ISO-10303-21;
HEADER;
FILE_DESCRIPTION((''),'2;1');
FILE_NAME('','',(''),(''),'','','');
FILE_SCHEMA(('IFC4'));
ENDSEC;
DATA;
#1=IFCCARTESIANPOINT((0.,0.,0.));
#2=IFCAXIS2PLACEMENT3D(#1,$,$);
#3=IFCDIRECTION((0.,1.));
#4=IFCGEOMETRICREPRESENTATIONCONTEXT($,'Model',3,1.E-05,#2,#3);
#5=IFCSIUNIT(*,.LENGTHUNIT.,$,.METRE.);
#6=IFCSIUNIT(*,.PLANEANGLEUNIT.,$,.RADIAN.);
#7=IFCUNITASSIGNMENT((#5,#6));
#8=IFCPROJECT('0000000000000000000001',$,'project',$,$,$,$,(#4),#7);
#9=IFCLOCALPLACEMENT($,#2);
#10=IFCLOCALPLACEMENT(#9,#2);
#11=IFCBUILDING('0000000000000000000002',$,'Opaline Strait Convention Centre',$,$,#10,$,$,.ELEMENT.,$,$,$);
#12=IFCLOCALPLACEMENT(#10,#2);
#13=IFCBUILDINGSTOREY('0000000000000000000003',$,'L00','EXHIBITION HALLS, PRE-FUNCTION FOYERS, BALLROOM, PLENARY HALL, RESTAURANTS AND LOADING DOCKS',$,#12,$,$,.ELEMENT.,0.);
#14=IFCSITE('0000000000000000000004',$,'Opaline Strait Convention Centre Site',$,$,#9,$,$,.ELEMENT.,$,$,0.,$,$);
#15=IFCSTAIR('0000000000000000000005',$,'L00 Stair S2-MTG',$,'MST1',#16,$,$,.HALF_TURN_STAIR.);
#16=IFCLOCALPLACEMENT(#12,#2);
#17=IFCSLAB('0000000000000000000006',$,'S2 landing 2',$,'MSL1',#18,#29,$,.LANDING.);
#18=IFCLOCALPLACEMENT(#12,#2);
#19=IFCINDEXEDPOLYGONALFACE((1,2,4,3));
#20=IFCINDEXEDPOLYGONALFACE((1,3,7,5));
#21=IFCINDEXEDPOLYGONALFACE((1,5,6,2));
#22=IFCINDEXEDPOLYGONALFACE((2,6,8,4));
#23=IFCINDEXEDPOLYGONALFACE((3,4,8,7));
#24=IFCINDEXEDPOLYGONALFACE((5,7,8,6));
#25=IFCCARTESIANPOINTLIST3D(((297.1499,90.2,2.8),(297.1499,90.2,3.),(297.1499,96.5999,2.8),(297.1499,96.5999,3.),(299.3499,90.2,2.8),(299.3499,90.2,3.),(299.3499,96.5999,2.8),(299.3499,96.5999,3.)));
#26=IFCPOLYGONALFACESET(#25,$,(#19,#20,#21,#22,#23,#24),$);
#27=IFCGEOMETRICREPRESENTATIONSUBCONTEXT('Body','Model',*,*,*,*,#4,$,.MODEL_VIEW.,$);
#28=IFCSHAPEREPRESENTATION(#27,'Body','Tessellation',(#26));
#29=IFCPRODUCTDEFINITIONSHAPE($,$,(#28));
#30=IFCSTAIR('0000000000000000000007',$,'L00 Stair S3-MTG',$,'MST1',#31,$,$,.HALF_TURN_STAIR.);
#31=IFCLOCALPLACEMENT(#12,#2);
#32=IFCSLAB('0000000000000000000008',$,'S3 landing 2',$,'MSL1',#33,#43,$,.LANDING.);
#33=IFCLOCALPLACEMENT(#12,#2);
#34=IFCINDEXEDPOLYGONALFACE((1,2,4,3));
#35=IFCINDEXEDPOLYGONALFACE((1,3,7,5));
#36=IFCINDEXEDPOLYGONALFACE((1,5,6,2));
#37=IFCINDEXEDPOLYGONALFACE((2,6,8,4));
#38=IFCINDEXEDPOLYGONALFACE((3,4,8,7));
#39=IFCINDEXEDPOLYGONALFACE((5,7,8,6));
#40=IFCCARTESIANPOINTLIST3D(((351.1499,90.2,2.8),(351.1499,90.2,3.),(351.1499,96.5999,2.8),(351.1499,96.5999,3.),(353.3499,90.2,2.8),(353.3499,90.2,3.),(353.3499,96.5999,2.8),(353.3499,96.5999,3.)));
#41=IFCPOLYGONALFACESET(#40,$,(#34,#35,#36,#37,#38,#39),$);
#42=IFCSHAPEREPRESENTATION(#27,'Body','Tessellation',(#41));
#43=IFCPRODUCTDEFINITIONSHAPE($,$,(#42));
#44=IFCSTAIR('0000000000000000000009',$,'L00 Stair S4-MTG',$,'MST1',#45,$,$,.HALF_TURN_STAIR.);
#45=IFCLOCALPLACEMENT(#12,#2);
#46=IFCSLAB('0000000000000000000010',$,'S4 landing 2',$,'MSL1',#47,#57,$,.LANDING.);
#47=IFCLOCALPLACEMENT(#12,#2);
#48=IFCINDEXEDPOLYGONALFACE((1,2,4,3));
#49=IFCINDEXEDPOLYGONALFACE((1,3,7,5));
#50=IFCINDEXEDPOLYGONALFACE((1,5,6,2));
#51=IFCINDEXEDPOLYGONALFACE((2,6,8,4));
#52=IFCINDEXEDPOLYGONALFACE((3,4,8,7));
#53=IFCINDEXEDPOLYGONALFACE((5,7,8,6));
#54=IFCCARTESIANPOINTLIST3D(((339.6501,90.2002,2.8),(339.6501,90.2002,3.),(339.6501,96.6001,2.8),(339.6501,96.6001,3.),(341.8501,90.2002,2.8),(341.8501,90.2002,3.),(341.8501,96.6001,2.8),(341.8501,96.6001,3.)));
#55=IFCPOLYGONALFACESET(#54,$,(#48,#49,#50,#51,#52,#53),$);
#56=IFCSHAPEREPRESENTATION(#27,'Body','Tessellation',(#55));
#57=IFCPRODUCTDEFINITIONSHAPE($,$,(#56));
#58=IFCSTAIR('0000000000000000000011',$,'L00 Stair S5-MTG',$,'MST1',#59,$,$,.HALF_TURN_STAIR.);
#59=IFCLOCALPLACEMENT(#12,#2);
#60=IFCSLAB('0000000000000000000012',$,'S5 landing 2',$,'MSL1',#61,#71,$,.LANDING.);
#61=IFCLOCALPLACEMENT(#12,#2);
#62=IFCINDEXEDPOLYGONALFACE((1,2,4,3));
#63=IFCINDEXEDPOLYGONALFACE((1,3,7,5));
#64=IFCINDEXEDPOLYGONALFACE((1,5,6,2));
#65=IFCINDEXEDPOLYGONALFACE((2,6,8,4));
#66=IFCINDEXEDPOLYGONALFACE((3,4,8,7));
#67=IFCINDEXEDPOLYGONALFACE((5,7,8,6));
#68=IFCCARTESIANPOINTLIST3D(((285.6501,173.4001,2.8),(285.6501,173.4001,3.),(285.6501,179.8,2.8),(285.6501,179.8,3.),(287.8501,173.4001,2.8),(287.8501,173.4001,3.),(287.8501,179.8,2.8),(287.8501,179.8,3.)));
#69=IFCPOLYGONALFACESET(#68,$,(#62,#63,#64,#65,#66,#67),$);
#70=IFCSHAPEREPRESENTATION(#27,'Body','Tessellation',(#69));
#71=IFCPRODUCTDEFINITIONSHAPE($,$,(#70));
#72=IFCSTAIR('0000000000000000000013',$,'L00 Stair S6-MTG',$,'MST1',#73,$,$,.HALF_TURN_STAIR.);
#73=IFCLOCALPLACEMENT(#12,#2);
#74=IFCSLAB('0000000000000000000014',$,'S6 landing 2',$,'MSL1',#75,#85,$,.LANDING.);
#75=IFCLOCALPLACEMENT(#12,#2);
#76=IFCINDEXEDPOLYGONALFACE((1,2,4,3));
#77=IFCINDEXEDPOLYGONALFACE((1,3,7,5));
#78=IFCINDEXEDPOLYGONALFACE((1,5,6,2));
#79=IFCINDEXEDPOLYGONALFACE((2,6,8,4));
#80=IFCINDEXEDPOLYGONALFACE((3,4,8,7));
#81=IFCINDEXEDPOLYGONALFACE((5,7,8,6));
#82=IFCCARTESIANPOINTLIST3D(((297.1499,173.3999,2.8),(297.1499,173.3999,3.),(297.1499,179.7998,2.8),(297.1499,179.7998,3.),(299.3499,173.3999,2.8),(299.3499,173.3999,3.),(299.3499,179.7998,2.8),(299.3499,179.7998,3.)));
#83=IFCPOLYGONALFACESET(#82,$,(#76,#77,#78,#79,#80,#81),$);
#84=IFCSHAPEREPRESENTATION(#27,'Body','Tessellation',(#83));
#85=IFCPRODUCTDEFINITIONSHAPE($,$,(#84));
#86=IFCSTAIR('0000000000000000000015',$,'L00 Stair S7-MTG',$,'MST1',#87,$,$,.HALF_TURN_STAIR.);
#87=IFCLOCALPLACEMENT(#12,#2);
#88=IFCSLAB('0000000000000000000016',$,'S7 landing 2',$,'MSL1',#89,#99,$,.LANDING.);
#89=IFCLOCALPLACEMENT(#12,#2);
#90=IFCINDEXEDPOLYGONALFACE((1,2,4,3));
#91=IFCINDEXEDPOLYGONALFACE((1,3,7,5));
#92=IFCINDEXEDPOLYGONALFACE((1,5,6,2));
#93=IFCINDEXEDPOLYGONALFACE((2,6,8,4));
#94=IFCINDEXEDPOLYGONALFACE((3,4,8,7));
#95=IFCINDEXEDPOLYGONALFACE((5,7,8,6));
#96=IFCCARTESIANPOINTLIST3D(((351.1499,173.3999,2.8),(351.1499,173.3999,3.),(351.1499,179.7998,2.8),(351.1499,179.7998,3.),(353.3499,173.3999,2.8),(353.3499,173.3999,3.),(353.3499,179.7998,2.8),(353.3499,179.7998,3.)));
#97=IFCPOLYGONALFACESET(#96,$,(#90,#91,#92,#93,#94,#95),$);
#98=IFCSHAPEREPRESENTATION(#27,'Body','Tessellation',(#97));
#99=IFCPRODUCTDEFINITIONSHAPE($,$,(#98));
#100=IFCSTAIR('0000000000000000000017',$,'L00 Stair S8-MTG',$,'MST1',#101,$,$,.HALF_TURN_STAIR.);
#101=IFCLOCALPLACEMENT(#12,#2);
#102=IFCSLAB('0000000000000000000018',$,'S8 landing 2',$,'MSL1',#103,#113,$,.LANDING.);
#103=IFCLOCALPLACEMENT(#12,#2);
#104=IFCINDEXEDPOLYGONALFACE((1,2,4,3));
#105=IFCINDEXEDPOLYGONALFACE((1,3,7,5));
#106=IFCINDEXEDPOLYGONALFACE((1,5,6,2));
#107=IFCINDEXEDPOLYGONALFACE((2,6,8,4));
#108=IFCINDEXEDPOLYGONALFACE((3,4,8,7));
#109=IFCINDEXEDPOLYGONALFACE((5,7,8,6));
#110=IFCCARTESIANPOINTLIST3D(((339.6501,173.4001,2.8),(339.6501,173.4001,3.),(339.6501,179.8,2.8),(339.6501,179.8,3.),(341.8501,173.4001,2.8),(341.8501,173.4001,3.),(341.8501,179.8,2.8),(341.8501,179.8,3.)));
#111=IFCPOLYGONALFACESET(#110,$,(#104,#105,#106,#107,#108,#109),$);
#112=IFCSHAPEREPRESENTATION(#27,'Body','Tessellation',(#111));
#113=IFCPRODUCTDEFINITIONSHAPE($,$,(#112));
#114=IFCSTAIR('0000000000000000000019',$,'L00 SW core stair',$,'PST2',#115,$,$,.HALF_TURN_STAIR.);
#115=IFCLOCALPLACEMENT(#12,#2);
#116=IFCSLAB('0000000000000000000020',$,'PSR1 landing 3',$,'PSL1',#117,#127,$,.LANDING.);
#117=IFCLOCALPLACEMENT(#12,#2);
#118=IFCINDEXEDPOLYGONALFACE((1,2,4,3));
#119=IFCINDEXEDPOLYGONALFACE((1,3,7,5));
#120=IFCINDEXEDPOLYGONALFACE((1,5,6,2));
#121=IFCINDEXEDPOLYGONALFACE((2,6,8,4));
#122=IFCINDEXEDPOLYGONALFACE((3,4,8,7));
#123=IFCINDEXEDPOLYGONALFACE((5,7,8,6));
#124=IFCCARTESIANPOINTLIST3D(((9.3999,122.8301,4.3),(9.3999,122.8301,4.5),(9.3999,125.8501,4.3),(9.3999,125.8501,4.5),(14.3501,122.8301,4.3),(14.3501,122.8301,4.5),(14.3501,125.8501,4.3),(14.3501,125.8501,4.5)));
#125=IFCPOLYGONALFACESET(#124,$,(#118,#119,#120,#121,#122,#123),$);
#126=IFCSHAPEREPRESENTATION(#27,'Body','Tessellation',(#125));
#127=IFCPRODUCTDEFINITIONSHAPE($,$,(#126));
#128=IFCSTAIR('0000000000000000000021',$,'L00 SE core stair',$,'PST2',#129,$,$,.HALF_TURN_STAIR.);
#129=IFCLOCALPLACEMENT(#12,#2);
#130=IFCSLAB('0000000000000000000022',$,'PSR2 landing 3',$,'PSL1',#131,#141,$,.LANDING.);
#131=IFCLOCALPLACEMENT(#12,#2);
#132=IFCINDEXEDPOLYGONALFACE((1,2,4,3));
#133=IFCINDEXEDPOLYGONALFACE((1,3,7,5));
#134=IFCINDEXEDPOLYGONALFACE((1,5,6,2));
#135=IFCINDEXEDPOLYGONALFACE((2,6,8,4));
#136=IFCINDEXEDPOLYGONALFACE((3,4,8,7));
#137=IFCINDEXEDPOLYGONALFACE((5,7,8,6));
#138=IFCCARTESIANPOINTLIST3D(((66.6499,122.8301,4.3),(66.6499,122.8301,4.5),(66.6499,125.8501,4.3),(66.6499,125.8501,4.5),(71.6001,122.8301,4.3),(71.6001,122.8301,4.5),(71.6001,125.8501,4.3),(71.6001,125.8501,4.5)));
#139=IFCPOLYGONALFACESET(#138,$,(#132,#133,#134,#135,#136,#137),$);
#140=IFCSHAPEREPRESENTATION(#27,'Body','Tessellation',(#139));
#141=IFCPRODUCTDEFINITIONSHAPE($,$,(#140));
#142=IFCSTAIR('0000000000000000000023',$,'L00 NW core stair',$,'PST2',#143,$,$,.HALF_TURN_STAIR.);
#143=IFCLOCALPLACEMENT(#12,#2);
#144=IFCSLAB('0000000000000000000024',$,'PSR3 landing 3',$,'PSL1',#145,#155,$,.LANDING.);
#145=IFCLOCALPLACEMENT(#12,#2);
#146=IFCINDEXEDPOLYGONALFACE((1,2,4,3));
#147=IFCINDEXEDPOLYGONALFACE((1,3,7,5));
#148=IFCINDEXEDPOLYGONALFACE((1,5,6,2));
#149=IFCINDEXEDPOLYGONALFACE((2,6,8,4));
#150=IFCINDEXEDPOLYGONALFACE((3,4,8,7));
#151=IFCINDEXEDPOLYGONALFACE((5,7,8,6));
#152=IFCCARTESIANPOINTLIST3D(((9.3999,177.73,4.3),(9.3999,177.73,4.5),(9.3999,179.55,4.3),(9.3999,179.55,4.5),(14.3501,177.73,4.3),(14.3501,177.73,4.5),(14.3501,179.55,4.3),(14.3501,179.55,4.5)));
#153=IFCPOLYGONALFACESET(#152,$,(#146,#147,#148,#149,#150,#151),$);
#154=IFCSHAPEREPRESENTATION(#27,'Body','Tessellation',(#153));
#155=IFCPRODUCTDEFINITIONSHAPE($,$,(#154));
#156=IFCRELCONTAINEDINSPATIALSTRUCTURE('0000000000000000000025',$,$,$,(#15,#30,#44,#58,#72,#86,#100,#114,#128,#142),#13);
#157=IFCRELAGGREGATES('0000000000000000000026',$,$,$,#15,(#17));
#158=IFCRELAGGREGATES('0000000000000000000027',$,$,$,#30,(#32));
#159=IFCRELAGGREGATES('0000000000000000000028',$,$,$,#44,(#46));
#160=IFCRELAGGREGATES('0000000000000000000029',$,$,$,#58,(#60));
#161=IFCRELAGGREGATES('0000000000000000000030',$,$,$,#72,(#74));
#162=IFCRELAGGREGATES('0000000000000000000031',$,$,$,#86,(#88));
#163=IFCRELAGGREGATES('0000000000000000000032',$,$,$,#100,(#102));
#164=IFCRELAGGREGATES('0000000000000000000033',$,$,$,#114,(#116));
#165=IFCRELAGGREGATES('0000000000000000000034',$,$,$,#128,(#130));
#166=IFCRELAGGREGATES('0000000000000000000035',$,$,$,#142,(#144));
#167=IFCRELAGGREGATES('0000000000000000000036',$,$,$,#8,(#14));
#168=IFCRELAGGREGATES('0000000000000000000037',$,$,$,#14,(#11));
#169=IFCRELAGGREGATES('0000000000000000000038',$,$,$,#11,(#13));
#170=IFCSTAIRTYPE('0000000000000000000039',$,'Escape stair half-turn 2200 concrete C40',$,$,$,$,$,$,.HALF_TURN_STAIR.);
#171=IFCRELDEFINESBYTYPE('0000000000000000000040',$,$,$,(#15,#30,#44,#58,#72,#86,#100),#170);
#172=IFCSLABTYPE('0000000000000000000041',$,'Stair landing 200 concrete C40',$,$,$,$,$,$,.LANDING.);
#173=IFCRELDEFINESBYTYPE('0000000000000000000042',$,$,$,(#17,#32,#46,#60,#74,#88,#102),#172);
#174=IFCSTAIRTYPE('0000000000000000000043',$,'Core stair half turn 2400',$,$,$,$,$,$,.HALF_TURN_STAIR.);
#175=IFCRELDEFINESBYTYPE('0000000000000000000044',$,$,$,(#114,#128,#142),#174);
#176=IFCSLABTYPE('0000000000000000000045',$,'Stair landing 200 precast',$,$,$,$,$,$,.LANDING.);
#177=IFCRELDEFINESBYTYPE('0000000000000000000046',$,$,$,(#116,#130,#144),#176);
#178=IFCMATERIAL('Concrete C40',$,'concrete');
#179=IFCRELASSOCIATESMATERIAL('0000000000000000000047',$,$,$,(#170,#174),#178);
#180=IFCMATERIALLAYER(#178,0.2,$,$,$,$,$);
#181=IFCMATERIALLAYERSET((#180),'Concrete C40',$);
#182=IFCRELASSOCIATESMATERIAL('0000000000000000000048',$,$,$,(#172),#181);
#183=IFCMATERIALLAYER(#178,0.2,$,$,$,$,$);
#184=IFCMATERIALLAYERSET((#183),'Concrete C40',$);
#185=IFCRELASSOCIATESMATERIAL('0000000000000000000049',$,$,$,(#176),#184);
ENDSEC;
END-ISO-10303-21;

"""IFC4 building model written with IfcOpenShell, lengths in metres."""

from ifc_helpers import new_model, si_unit, direction, frame, origin, place, context, subcontext, project, spatial, polyline, outline, extrude, material, layer, layer_set, type_object, element, aggregate, save


model = new_model("IFC4")

# Units and contexts
model_context = context("Model", 3, precision=1e-05, world=origin(), true_north=direction((0.0, 1.0)))
body_context = subcontext(model_context, "Body", "Model", "MODEL_VIEW")
ifc_project = project(units=[si_unit("LENGTHUNIT", "METRE"), si_unit("PLANEANGLEUNIT", "RADIAN")], contexts=[model_context])

# Site, building, storey
site_placement = place(None, origin())
site = spatial("IfcSite", under=ifc_project, at=site_placement, Name="Opaline Strait Convention Centre Site", CompositionType="ELEMENT", RefElevation=0.0)
building_placement = place(site_placement, origin())
building = spatial("IfcBuilding", under=site, at=building_placement, Name="Opaline Strait Convention Centre", CompositionType="ELEMENT")
storey_placement = place(building_placement, origin())
storey = spatial("IfcBuildingStorey", under=building, at=storey_placement, Name="L00", Description="EXHIBITION HALLS, PRE-FUNCTION FOYERS, BALLROOM, PLENARY HALL, RESTAURANTS AND LOADING DOCKS", CompositionType="ELEMENT", Elevation=0.0)

# Stairs, slabs
ifc_material = material(Name="Concrete C40", Category="concrete")
stair_type_1 = type_object("IfcStairType", Name="Escape stair half-turn 2200 concrete C40", PredefinedType="HALF_TURN_STAIR", material=ifc_material)
ifc_layer_1 = layer(ifc_material, 0.2)
ifc_layer_set_1 = layer_set([ifc_layer_1], Name="Concrete C40")
slab_type_1 = type_object("IfcSlabType", Name="Stair landing 200 concrete C40", PredefinedType="LANDING", material=ifc_layer_set_1)
stair_1_placement = place(storey_placement, origin())
stair_1 = element("IfcStair", 1, at=stair_1_placement, inside=storey, type_object=stair_type_1, Name="L00 Stair S2-MTG", ObjectType="MST1", PredefinedType="HALF_TURN_STAIR")
slab_1_placement = place(storey_placement, frame((0.0, 0.0, 2.8)))
slab_1 = element("IfcSlab", 2, at=slab_1_placement, type_object=slab_type_1, Name="S2 landing 2", ObjectType="MSL1", PredefinedType="LANDING", context=body_context, shape_type="SweptSolid", body=[
    extrude(outline(polyline([(297.1499, 90.2), (299.3499, 90.2), (299.3499, 96.5999), (297.1499, 96.5999), (297.1499, 90.2)])), origin(), (0.0, 0.0, 1.0), 0.2),
])
aggregate(stair_1, [slab_1])
stair_2_placement = place(storey_placement, origin())
stair_2 = element("IfcStair", 3, at=stair_2_placement, inside=storey, type_object=stair_type_1, Name="L00 Stair S3-MTG", ObjectType="MST1", PredefinedType="HALF_TURN_STAIR")
slab_2_placement = place(storey_placement, frame((0.0, 0.0, 2.8)))
slab_2 = element("IfcSlab", 4, at=slab_2_placement, type_object=slab_type_1, Name="S3 landing 2", ObjectType="MSL1", PredefinedType="LANDING", context=body_context, shape_type="SweptSolid", body=[
    extrude(outline(polyline([(351.1499, 90.2), (353.3499, 90.2), (353.3499, 96.5999), (351.1499, 96.5999), (351.1499, 90.2)])), origin(), (0.0, 0.0, 1.0), 0.2),
])
aggregate(stair_2, [slab_2])
stair_3_placement = place(storey_placement, origin())
stair_3 = element("IfcStair", 5, at=stair_3_placement, inside=storey, type_object=stair_type_1, Name="L00 Stair S4-MTG", ObjectType="MST1", PredefinedType="HALF_TURN_STAIR")
slab_3_placement = place(storey_placement, frame((0.0, 0.0, 2.8)))
slab_3 = element("IfcSlab", 6, at=slab_3_placement, type_object=slab_type_1, Name="S4 landing 2", ObjectType="MSL1", PredefinedType="LANDING", context=body_context, shape_type="SweptSolid", body=[
    extrude(outline(polyline([(341.8501, 96.6001), (339.6501, 96.6001), (339.6501, 90.2002), (341.8501, 90.2002), (341.8501, 96.6001)])), origin(), (0.0, 0.0, 1.0), 0.2),
])
aggregate(stair_3, [slab_3])
stair_4_placement = place(storey_placement, origin())
stair_4 = element("IfcStair", 7, at=stair_4_placement, inside=storey, type_object=stair_type_1, Name="L00 Stair S5-MTG", ObjectType="MST1", PredefinedType="HALF_TURN_STAIR")
slab_4_placement = place(storey_placement, frame((0.0, 0.0, 2.8)))
slab_4 = element("IfcSlab", 8, at=slab_4_placement, type_object=slab_type_1, Name="S5 landing 2", ObjectType="MSL1", PredefinedType="LANDING", context=body_context, shape_type="SweptSolid", body=[
    extrude(outline(polyline([(287.8501, 179.8), (285.6501, 179.8), (285.6501, 173.4001), (287.8501, 173.4001), (287.8501, 179.8)])), origin(), (0.0, 0.0, 1.0), 0.2),
])
aggregate(stair_4, [slab_4])
stair_5_placement = place(storey_placement, origin())
stair_5 = element("IfcStair", 9, at=stair_5_placement, inside=storey, type_object=stair_type_1, Name="L00 Stair S6-MTG", ObjectType="MST1", PredefinedType="HALF_TURN_STAIR")
slab_5_placement = place(storey_placement, frame((0.0, 0.0, 2.8)))
slab_5 = element("IfcSlab", 10, at=slab_5_placement, type_object=slab_type_1, Name="S6 landing 2", ObjectType="MSL1", PredefinedType="LANDING", context=body_context, shape_type="SweptSolid", body=[
    extrude(outline(polyline([(297.1499, 173.3999), (299.3499, 173.3999), (299.3499, 179.7998), (297.1499, 179.7998), (297.1499, 173.3999)])), origin(), (0.0, 0.0, 1.0), 0.2),
])
aggregate(stair_5, [slab_5])
stair_6_placement = place(storey_placement, origin())
stair_6 = element("IfcStair", 11, at=stair_6_placement, inside=storey, type_object=stair_type_1, Name="L00 Stair S7-MTG", ObjectType="MST1", PredefinedType="HALF_TURN_STAIR")
slab_6_placement = place(storey_placement, frame((0.0, 0.0, 2.8)))
slab_6 = element("IfcSlab", 12, at=slab_6_placement, type_object=slab_type_1, Name="S7 landing 2", ObjectType="MSL1", PredefinedType="LANDING", context=body_context, shape_type="SweptSolid", body=[
    extrude(outline(polyline([(351.1499, 173.3999), (353.3499, 173.3999), (353.3499, 179.7998), (351.1499, 179.7998), (351.1499, 173.3999)])), origin(), (0.0, 0.0, 1.0), 0.2),
])
aggregate(stair_6, [slab_6])
stair_7_placement = place(storey_placement, origin())
stair_7 = element("IfcStair", 13, at=stair_7_placement, inside=storey, type_object=stair_type_1, Name="L00 Stair S8-MTG", ObjectType="MST1", PredefinedType="HALF_TURN_STAIR")
slab_7_placement = place(storey_placement, frame((0.0, 0.0, 2.8)))
slab_7 = element("IfcSlab", 14, at=slab_7_placement, type_object=slab_type_1, Name="S8 landing 2", ObjectType="MSL1", PredefinedType="LANDING", context=body_context, shape_type="SweptSolid", body=[
    extrude(outline(polyline([(341.8501, 179.8), (339.6501, 179.8), (339.6501, 173.4001), (341.8501, 173.4001), (341.8501, 179.8)])), origin(), (0.0, 0.0, 1.0), 0.2),
])
aggregate(stair_7, [slab_7])
stair_type_2 = type_object("IfcStairType", Name="Core stair half turn 2400", PredefinedType="HALF_TURN_STAIR", material=ifc_material)
stair_8_placement = place(storey_placement, origin())
stair_8 = element("IfcStair", 15, at=stair_8_placement, inside=storey, type_object=stair_type_2, Name="L00 SW core stair", ObjectType="PST2", PredefinedType="HALF_TURN_STAIR")
ifc_layer_2 = layer(ifc_material, 0.2)
ifc_layer_set_2 = layer_set([ifc_layer_2], Name="Concrete C40")
slab_type_2 = type_object("IfcSlabType", Name="Stair landing 200 precast", PredefinedType="LANDING", material=ifc_layer_set_2)
slab_8_placement = place(storey_placement, frame((0.0, 0.0, 4.3)))
slab_8 = element("IfcSlab", 16, at=slab_8_placement, type_object=slab_type_2, Name="PSR1 landing 3", ObjectType="PSL1", PredefinedType="LANDING", context=body_context, shape_type="SweptSolid", body=[
    extrude(outline(polyline([(14.3501, 122.8301), (14.3501, 125.8501), (9.3999, 125.8501), (9.3999, 122.8301), (14.3501, 122.8301)])), origin(), (0.0, 0.0, 1.0), 0.2),
])
aggregate(stair_8, [slab_8])
stair_9_placement = place(storey_placement, origin())
stair_9 = element("IfcStair", 17, at=stair_9_placement, inside=storey, type_object=stair_type_2, Name="L00 SE core stair", ObjectType="PST2", PredefinedType="HALF_TURN_STAIR")
slab_9_placement = place(storey_placement, frame((0.0, 0.0, 4.3)))
slab_9 = element("IfcSlab", 18, at=slab_9_placement, type_object=slab_type_2, Name="PSR2 landing 3", ObjectType="PSL1", PredefinedType="LANDING", context=body_context, shape_type="SweptSolid", body=[
    extrude(outline(polyline([(71.6001, 122.8301), (71.6001, 125.8501), (66.6499, 125.8501), (66.6499, 122.8301), (71.6001, 122.8301)])), origin(), (0.0, 0.0, 1.0), 0.2),
])
aggregate(stair_9, [slab_9])
stair_10_placement = place(storey_placement, origin())
stair_10 = element("IfcStair", 19, at=stair_10_placement, inside=storey, type_object=stair_type_2, Name="L00 NW core stair", ObjectType="PST2", PredefinedType="HALF_TURN_STAIR")
slab_10_placement = place(storey_placement, frame((0.0, 0.0, 4.3)))
slab_10 = element("IfcSlab", 20, at=slab_10_placement, type_object=slab_type_2, Name="PSR3 landing 3", ObjectType="PSL1", PredefinedType="LANDING", context=body_context, shape_type="SweptSolid", body=[
    extrude(outline(polyline([(14.3501, 177.73), (14.3501, 179.55), (9.3999, 179.55), (9.3999, 177.73), (14.3501, 177.73)])), origin(), (0.0, 0.0, 1.0), 0.2),
])
aggregate(stair_10, [slab_10])

save(model, "model.ifc")
